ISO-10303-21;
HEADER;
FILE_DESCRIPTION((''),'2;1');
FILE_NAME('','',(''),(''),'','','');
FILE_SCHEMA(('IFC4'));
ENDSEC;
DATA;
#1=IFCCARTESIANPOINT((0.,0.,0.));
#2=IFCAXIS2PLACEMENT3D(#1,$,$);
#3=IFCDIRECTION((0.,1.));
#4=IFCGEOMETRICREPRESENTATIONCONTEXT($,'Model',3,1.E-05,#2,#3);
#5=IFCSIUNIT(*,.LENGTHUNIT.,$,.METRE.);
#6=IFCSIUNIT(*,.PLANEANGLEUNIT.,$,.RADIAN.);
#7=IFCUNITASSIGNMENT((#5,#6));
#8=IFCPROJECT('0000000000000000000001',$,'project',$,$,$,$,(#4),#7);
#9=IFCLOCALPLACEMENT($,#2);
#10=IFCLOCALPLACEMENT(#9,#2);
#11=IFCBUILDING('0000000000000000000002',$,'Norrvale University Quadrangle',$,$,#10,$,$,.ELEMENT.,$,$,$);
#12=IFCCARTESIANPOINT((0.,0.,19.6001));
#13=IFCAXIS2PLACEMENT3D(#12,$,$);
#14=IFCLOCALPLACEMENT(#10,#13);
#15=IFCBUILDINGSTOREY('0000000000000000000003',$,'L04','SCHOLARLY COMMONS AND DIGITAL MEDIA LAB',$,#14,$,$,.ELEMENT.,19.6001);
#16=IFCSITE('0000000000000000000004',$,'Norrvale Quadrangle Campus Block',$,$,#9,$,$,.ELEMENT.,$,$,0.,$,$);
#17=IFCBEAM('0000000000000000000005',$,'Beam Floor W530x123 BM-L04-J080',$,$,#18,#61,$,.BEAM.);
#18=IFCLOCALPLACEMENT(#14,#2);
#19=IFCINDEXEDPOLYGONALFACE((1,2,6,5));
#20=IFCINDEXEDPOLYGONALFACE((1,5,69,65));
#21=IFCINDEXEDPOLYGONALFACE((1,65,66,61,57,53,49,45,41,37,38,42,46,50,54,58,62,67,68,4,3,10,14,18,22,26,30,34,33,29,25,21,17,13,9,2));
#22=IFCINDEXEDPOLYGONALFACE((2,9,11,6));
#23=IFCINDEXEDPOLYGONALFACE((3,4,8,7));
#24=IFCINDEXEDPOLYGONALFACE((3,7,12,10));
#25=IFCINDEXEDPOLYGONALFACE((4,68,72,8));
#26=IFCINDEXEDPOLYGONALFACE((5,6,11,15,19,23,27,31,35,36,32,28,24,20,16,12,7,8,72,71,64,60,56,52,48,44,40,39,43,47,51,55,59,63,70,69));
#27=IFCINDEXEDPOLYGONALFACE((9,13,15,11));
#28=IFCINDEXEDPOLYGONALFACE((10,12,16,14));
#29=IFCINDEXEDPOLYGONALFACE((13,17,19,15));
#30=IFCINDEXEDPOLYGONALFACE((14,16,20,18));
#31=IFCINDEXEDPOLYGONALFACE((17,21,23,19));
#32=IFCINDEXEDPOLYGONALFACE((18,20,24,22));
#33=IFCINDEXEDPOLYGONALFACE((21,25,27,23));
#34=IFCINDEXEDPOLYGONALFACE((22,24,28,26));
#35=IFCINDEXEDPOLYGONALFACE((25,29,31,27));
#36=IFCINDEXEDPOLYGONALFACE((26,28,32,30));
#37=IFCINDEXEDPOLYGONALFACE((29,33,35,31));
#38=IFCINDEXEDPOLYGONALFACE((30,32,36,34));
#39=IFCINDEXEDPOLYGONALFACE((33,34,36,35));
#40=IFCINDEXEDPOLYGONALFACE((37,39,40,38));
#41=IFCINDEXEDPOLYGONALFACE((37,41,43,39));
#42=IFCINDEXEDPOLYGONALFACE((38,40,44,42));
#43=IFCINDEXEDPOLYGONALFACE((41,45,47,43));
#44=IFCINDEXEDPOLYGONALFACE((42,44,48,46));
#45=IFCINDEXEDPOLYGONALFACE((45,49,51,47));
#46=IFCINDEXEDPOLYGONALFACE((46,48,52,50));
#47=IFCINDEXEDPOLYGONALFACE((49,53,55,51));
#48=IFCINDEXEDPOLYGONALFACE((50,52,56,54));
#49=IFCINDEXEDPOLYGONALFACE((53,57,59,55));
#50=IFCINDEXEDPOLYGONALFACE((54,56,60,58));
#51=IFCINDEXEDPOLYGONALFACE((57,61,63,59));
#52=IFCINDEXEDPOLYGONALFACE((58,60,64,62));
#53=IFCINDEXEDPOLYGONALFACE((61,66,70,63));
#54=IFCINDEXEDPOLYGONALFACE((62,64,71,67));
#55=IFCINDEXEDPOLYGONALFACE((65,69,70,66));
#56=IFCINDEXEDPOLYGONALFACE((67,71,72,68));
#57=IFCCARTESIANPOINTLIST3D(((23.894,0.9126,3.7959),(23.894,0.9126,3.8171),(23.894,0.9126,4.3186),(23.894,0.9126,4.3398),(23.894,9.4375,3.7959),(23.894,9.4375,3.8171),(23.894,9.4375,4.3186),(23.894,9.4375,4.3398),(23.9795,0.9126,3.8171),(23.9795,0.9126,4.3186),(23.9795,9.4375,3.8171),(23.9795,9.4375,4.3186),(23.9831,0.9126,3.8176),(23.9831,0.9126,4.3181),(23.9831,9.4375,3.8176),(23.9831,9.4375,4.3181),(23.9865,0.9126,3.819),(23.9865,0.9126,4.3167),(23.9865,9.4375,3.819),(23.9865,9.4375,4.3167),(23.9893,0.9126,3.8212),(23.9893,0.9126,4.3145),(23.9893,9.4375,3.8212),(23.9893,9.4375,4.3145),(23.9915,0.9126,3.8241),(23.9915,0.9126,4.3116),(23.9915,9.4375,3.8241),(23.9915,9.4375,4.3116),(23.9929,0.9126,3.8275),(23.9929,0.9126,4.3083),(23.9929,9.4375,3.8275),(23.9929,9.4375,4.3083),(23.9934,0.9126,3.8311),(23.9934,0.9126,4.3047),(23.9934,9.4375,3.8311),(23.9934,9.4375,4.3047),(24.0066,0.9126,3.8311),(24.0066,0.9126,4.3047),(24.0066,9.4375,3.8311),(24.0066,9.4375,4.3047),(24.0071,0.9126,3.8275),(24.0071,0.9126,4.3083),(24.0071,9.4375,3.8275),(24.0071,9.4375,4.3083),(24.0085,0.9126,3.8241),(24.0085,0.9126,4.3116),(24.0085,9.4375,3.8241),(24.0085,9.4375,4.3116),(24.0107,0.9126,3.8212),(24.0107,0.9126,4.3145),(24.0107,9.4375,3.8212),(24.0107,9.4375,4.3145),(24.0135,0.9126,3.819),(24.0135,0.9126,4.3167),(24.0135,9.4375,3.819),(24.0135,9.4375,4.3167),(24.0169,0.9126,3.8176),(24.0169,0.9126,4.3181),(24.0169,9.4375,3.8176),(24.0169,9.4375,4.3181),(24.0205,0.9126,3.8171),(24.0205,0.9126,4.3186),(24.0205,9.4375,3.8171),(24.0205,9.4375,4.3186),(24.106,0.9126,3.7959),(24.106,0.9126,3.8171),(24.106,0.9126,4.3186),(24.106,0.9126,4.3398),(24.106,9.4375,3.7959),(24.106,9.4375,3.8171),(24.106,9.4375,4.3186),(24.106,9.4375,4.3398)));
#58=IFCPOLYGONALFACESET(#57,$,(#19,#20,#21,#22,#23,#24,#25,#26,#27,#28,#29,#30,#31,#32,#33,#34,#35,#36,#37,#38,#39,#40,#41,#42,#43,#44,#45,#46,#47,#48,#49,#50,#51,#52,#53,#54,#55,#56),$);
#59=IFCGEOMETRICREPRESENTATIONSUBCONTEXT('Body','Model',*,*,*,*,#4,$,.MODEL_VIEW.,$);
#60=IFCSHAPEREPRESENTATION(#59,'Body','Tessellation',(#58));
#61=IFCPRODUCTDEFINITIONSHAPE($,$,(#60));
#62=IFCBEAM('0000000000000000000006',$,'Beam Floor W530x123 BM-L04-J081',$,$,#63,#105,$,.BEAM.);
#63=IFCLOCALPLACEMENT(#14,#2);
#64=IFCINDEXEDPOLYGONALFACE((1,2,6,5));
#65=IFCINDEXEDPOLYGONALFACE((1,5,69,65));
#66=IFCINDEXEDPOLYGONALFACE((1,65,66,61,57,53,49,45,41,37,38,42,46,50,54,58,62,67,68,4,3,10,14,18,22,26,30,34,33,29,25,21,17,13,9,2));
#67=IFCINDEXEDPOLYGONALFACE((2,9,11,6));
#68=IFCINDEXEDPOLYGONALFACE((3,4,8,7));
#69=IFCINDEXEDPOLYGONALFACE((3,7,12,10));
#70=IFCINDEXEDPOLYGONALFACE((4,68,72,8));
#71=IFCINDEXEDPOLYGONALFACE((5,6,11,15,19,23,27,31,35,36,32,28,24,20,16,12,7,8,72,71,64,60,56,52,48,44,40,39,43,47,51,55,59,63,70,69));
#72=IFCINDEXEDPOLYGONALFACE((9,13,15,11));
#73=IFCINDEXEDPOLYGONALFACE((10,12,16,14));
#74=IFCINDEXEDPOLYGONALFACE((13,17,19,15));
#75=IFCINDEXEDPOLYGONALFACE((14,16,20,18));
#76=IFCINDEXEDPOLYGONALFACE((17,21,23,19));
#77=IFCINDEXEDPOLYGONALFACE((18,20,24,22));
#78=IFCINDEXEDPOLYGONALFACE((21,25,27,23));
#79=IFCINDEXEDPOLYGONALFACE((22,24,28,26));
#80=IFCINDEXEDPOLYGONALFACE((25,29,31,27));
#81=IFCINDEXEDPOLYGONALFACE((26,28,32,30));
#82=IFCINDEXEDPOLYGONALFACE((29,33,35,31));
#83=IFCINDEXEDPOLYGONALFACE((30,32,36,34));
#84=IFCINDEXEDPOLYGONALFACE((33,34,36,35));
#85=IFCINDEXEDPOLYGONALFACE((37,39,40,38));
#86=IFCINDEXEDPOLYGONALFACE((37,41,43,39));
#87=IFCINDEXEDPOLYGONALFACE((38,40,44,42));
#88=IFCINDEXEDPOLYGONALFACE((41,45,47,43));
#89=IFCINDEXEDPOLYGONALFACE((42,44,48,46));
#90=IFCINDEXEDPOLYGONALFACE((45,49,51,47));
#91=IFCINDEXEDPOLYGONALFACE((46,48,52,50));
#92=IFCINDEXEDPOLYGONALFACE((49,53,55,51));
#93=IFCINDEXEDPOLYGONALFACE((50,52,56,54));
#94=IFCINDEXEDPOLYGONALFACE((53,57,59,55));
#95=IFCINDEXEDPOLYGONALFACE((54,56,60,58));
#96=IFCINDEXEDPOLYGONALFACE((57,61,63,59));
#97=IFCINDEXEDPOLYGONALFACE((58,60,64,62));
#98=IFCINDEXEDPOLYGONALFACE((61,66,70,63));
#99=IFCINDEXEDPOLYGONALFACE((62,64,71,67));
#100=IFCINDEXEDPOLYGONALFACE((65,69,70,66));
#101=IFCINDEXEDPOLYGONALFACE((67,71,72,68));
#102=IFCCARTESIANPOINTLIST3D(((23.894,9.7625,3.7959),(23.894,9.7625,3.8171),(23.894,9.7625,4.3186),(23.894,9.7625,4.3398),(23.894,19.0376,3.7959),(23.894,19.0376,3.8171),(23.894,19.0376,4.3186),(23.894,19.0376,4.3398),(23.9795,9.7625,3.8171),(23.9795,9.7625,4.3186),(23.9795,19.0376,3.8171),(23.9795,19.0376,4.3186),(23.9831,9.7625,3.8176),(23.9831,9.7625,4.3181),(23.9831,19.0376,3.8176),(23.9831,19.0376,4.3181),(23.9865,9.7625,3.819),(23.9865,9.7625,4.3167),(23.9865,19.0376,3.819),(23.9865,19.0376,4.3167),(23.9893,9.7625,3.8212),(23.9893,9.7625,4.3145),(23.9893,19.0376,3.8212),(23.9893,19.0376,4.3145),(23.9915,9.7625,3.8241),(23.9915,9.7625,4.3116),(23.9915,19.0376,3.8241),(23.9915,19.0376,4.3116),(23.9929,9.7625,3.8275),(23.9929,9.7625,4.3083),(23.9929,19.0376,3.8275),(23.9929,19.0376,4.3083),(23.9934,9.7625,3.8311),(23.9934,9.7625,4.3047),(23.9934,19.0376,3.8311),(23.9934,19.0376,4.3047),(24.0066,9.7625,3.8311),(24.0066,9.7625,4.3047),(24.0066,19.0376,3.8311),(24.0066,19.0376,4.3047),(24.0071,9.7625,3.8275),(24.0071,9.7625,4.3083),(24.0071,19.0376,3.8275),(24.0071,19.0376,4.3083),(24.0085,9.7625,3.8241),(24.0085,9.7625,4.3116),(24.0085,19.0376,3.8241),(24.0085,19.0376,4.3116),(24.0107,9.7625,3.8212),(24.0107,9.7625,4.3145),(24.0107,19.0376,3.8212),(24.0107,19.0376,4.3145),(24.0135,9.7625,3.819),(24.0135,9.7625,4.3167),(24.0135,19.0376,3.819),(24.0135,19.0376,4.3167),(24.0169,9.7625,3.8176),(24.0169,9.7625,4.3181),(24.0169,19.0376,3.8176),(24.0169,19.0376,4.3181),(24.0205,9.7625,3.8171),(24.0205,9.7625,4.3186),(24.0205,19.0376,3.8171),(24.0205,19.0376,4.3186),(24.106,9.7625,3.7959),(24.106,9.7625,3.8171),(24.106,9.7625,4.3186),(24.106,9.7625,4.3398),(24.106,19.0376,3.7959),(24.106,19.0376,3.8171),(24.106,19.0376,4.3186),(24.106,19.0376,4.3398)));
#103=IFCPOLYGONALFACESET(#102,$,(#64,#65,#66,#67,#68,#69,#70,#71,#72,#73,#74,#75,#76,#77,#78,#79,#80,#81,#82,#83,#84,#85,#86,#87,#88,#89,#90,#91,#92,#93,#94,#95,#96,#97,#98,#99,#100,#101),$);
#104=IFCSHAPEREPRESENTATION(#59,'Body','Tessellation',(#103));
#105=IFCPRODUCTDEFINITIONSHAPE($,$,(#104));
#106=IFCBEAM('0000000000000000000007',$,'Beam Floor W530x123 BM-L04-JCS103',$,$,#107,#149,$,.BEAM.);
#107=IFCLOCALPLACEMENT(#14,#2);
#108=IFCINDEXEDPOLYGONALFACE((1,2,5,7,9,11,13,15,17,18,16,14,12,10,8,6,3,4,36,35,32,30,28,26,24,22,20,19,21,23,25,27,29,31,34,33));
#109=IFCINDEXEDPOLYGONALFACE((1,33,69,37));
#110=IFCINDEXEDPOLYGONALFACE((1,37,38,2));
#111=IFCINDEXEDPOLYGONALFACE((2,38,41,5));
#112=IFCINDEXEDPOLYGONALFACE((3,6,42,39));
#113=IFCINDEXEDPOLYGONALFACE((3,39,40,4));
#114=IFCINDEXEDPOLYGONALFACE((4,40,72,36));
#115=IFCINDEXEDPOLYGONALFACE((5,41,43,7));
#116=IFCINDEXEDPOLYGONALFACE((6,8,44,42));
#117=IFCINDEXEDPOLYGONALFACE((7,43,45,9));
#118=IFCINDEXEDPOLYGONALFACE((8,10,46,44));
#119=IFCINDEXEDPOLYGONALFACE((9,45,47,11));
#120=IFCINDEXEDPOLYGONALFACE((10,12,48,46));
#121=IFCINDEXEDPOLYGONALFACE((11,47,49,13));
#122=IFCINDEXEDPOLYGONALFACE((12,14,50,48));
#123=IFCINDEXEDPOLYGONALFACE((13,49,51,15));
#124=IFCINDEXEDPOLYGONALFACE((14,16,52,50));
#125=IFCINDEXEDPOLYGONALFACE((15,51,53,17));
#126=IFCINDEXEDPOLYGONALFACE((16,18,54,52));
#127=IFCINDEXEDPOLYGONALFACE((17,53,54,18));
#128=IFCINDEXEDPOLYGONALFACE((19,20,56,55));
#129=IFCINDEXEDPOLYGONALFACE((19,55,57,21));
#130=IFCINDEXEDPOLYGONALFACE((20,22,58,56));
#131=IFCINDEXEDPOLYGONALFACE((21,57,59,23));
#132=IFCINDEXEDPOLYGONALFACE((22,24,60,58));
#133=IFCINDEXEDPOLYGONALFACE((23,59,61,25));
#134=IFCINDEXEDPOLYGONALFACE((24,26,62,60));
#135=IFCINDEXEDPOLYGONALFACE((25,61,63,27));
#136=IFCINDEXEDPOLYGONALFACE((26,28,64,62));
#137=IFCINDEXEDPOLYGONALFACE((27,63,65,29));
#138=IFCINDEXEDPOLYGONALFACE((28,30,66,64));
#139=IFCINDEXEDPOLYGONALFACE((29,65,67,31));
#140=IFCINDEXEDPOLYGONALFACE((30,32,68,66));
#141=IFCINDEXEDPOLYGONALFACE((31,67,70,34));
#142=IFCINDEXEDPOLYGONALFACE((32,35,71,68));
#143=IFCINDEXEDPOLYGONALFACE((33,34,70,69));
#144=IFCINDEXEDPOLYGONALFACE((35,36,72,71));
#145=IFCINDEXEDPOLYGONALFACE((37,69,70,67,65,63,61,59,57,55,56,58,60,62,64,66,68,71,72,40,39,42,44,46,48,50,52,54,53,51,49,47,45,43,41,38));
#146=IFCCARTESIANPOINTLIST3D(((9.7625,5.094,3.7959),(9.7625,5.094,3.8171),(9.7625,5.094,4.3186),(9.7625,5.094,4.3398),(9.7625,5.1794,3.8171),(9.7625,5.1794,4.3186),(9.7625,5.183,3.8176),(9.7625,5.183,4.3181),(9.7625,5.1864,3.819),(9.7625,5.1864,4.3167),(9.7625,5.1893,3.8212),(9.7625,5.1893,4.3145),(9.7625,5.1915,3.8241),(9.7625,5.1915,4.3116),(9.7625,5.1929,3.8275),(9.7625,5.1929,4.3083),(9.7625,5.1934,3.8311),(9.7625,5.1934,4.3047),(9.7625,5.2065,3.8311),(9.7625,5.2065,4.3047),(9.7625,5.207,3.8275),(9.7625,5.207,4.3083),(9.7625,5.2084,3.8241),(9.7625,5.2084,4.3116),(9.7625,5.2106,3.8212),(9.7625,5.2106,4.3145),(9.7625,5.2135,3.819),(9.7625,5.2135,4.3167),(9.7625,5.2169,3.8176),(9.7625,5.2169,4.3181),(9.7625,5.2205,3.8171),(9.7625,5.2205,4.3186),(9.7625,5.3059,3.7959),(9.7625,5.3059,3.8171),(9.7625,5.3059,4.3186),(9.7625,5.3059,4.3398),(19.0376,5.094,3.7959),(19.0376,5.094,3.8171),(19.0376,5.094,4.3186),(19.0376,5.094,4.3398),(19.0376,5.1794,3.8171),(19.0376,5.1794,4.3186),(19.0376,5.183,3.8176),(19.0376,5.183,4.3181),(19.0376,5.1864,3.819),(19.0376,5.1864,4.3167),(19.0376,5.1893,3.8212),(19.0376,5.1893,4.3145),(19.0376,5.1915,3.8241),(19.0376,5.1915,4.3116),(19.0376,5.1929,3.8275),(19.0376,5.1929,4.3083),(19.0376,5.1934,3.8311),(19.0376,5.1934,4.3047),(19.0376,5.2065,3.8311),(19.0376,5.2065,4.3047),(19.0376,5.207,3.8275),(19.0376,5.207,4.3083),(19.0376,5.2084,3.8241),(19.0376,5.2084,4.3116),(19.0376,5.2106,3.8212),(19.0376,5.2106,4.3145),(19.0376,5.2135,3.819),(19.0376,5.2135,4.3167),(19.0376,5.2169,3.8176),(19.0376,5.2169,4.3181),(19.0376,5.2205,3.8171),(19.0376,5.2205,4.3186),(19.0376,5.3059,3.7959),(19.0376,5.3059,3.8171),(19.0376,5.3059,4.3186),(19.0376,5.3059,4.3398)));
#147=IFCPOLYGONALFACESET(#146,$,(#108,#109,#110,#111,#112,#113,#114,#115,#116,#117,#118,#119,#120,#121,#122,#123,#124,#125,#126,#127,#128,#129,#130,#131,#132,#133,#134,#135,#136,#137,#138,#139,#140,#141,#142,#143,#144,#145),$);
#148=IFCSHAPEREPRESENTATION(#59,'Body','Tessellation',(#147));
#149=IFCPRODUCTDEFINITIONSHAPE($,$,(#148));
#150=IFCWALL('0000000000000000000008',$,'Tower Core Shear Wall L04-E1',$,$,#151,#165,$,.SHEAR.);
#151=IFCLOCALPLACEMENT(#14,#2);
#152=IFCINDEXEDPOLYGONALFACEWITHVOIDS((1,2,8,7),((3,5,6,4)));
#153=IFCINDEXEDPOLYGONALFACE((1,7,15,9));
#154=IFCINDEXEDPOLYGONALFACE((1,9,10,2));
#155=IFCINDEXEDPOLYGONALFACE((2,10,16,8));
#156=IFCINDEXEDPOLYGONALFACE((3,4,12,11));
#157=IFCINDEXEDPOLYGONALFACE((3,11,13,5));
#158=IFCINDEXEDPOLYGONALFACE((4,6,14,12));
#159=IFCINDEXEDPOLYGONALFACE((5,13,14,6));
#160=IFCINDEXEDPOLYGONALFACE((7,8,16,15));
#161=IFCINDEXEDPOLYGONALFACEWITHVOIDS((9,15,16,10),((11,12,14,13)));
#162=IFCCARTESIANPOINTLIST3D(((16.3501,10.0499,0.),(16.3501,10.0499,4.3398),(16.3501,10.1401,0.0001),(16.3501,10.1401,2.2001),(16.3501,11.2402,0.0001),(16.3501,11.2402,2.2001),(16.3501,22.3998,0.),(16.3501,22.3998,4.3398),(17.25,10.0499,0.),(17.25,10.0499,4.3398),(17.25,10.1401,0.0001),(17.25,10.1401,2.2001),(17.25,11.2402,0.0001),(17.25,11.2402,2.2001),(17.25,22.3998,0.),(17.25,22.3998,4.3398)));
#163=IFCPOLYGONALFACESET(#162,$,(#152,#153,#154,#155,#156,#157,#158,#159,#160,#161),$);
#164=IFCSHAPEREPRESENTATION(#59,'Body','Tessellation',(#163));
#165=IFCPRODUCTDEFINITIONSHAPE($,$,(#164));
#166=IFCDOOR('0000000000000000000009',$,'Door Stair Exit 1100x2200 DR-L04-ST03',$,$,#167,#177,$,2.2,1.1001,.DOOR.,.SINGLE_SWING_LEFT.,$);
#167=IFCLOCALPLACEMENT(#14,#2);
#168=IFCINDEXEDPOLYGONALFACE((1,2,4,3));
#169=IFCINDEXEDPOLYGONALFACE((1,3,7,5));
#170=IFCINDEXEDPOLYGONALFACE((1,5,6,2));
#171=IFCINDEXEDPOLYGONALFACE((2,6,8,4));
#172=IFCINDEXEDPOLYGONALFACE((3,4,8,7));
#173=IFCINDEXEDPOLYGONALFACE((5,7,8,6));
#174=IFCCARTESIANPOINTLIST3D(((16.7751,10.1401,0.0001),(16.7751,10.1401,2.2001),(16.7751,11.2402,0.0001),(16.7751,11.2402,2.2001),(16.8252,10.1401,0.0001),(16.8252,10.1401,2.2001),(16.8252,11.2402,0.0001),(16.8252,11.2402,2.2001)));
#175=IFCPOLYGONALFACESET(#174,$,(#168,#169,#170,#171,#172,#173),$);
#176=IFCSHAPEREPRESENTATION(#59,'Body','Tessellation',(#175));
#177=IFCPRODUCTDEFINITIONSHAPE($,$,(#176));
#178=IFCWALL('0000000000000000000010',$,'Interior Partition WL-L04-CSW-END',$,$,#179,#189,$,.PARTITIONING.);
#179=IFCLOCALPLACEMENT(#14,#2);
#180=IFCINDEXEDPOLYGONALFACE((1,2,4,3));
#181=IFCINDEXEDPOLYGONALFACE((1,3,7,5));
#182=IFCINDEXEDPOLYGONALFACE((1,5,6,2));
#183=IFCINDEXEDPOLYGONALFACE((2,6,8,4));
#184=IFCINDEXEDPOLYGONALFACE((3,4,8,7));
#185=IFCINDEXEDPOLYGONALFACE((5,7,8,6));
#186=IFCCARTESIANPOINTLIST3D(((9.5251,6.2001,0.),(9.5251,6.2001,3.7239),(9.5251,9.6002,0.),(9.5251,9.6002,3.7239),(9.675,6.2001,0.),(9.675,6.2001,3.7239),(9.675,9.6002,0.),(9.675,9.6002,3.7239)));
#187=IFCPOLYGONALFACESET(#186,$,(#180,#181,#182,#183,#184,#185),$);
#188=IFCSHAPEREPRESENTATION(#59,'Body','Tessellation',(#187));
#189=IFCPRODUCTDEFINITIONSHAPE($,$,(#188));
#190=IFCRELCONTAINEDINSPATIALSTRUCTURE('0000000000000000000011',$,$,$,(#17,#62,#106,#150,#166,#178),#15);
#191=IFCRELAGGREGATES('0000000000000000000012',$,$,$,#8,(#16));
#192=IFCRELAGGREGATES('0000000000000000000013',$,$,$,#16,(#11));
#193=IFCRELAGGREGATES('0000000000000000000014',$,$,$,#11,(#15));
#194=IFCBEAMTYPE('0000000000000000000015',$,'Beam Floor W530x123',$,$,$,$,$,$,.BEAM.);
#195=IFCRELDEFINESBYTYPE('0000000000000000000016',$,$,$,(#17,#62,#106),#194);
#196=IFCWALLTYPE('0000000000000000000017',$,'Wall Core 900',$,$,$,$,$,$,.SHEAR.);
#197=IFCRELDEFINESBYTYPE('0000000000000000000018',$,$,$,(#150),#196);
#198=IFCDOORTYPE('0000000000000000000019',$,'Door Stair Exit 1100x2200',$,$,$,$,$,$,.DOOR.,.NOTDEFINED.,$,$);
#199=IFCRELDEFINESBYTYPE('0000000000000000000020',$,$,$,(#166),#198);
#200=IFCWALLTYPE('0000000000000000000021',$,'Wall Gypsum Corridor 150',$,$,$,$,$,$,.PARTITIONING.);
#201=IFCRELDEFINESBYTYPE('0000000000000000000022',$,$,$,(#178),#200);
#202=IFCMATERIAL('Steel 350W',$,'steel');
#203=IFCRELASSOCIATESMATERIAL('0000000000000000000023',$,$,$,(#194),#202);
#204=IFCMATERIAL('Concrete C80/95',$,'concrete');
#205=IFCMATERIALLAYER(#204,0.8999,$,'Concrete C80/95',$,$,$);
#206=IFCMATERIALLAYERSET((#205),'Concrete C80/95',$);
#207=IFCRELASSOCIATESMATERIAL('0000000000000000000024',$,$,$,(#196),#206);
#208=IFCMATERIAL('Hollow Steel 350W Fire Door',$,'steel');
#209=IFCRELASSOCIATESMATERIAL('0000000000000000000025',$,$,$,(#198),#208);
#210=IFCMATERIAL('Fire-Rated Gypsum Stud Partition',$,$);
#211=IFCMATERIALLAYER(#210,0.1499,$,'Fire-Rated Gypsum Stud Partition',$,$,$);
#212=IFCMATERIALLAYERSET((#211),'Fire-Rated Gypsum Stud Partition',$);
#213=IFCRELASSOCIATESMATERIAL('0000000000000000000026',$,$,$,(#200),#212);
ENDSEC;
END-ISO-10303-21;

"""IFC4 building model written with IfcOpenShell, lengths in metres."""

from ifc_helpers import new_model, si_unit, direction, frame, frame_2d, origin, origin_2d, place, context, subcontext, project, spatial, rectangle, i_section, extrude, material, layer, layer_set, material_profile, profile_set, type_object, element, fill, save


model = new_model("IFC4")

# Units and contexts
model_context = context("Model", 3, precision=1e-05, world=origin(), true_north=direction((0.0, 1.0)))
body_context = subcontext(model_context, "Body", "Model", "MODEL_VIEW")
ifc_project = project(units=[si_unit("LENGTHUNIT", "METRE"), si_unit("PLANEANGLEUNIT", "RADIAN")], contexts=[model_context])

# Site, building, storey
site_placement = place(None, origin())
site = spatial("IfcSite", under=ifc_project, at=site_placement, Name="Norrvale Quadrangle Campus Block", CompositionType="ELEMENT", RefElevation=0.0)
building_placement = place(site_placement, origin())
building = spatial("IfcBuilding", under=site, at=building_placement, Name="Norrvale University Quadrangle", CompositionType="ELEMENT")
storey_placement = place(building_placement, frame((0.0, 0.0, 19.6001)))
storey = spatial("IfcBuildingStorey", under=building, at=storey_placement, Name="L04", Description="SCHOLARLY COMMONS AND DIGITAL MEDIA LAB", CompositionType="ELEMENT", Elevation=19.6001)

# Shared definitions
ifc_material_1 = material(Name="Concrete C80/95", Category="concrete")

# Beams
ifc_material_2 = material(Name="Steel 350W", Category="steel")
ifc_material_profile_1 = material_profile(ifc_material_2, i_section(OverallWidth=0.2119, OverallDepth=0.5439, WebThickness=0.0132, FlangeThickness=0.0212, FilletRadius=0.0139, at=origin_2d()), Name="Steel 350W")
ifc_profile_set_1 = profile_set([ifc_material_profile_1], Name="Steel 350W")
beam_type_1 = type_object("IfcBeamType", Name="Beam Floor W530x123", PredefinedType="BEAM", material=ifc_profile_set_1)
beam_1_placement = place(storey_placement, frame((24.0, 0.9126, 4.0679), z_axis=(0.0, 1.0, 0.0), x_axis=(-1.0, 0.0, 0.0)))
element("IfcBeam", 1, at=beam_1_placement, inside=storey, type_object=beam_type_1, Name="Beam Floor W530x123 BM-L04-J080", PredefinedType="BEAM", context=body_context, shape_type="SweptSolid", body=[
    extrude(i_section(OverallWidth=0.2119, OverallDepth=0.5439, WebThickness=0.0132, FlangeThickness=0.0212, FilletRadius=0.0139, at=origin_2d()), origin(), (0.0, 0.0, 1.0), 8.5249),
])
for number, where, z_axis, x_axis, name in (
    (2, (24.0, 9.7625, 4.0679), (0.0, 1.0, 0.0), (-1.0, 0.0, 0.0), "Beam Floor W530x123 BM-L04-J081"),
    (3, (9.7625, 5.2, 4.0679), (1.0, 0.0, 0.0), (0.0, 1.0, 0.0), "Beam Floor W530x123 BM-L04-JCS103"),
):
    element("IfcBeam", number, at=place(storey_placement, frame(where, z_axis=z_axis, x_axis=x_axis)), inside=storey, type_object=beam_type_1, Name=name, PredefinedType="BEAM", context=body_context, shape_type="SweptSolid", body=[
        extrude(i_section(OverallWidth=0.2119, OverallDepth=0.5439, WebThickness=0.0132, FlangeThickness=0.0212, FilletRadius=0.0139, at=origin_2d()), origin(), (0.0, 0.0, 1.0), 9.2751),
    ])

# Wall, opening, door
ifc_layer_1 = layer(ifc_material_1, 0.8999, Name="Concrete C80/95")
ifc_layer_set_1 = layer_set([ifc_layer_1], Name="Concrete C80/95")
wall_type_1 = type_object("IfcWallType", Name="Wall Core 900", PredefinedType="SHEAR", material=ifc_layer_set_1)
wall_1_placement = place(storey_placement, frame((16.8, 10.05, 0.0), z_axis=(0.0, 0.0, 1.0), x_axis=(0.0, 1.0, 0.0)))
wall_1 = element("IfcWall", 4, at=wall_1_placement, inside=storey, type_object=wall_type_1, Name="Tower Core Shear Wall L04-E1", PredefinedType="SHEAR", context=body_context, shape_type="SweptSolid", body=[
    extrude(rectangle(XDim=12.3499, YDim=0.8999, at=frame_2d((6.1748, 0.0))), origin(), (0.0, 0.0, 1.0), 4.3398),
])
opening_1_placement = place(wall_1_placement, frame((0.0901, 0.0, 0.0)))
opening_1 = element("IfcOpeningElement", 5, at=opening_1_placement, cuts=wall_1, PredefinedType="OPENING", context=body_context, shape_type="SweptSolid", body=[
    extrude(rectangle(XDim=1.1001, YDim=2.2, at=frame_2d((0.55, 1.1001))), frame((0.0, 0.4619, 0.0), z_axis=(0.0, -1.0, 0.0), x_axis=(1.0, 0.0, 0.0)), (0.0, 0.0, 1.0), 0.9238),
])
ifc_material_3 = material(Name="Hollow Steel 350W Fire Door", Category="steel")
door_type_1 = type_object("IfcDoorType", Name="Door Stair Exit 1100x2200", OperationType="NOTDEFINED", PredefinedType="DOOR", material=ifc_material_3)
door_1_placement = place(opening_1_placement, origin())
door_1 = element("IfcDoor", 6, at=door_1_placement, inside=storey, type_object=door_type_1, Name="Door Stair Exit 1100x2200 DR-L04-ST03", OperationType="SINGLE_SWING_LEFT", OverallHeight=2.2, OverallWidth=1.1001, PredefinedType="DOOR", context=body_context, shape_type="SweptSolid", body=[
    extrude(rectangle(XDim=1.1001, YDim=2.2, at=frame_2d((0.55, 1.1001))), frame((0.0, 0.0249, 0.0), z_axis=(0.0, -1.0, 0.0), x_axis=(1.0, 0.0, 0.0)), (0.0, 0.0, 1.0), 0.05),
])
fill(opening_1, door_1)

# Wall
ifc_material_4 = material(Name="Fire-Rated Gypsum Stud Partition")
ifc_layer_2 = layer(ifc_material_4, 0.1499, Name="Fire-Rated Gypsum Stud Partition")
ifc_layer_set_2 = layer_set([ifc_layer_2], Name="Fire-Rated Gypsum Stud Partition")
wall_type_2 = type_object("IfcWallType", Name="Wall Gypsum Corridor 150", PredefinedType="PARTITIONING", material=ifc_layer_set_2)
wall_2_placement = place(storey_placement, frame((9.6001, 6.2, 0.0), z_axis=(0.0, 0.0, 1.0), x_axis=(0.0, 1.0, 0.0)))
element("IfcWall", 7, at=wall_2_placement, inside=storey, type_object=wall_type_2, Name="Interior Partition WL-L04-CSW-END", PredefinedType="PARTITIONING", context=body_context, shape_type="SweptSolid", body=[
    extrude(rectangle(XDim=3.4001, YDim=0.1499, at=frame_2d((1.7002, 0.0))), origin(), (0.0, 0.0, 1.0), 3.7239),
])

save(model, "model.ifc")
